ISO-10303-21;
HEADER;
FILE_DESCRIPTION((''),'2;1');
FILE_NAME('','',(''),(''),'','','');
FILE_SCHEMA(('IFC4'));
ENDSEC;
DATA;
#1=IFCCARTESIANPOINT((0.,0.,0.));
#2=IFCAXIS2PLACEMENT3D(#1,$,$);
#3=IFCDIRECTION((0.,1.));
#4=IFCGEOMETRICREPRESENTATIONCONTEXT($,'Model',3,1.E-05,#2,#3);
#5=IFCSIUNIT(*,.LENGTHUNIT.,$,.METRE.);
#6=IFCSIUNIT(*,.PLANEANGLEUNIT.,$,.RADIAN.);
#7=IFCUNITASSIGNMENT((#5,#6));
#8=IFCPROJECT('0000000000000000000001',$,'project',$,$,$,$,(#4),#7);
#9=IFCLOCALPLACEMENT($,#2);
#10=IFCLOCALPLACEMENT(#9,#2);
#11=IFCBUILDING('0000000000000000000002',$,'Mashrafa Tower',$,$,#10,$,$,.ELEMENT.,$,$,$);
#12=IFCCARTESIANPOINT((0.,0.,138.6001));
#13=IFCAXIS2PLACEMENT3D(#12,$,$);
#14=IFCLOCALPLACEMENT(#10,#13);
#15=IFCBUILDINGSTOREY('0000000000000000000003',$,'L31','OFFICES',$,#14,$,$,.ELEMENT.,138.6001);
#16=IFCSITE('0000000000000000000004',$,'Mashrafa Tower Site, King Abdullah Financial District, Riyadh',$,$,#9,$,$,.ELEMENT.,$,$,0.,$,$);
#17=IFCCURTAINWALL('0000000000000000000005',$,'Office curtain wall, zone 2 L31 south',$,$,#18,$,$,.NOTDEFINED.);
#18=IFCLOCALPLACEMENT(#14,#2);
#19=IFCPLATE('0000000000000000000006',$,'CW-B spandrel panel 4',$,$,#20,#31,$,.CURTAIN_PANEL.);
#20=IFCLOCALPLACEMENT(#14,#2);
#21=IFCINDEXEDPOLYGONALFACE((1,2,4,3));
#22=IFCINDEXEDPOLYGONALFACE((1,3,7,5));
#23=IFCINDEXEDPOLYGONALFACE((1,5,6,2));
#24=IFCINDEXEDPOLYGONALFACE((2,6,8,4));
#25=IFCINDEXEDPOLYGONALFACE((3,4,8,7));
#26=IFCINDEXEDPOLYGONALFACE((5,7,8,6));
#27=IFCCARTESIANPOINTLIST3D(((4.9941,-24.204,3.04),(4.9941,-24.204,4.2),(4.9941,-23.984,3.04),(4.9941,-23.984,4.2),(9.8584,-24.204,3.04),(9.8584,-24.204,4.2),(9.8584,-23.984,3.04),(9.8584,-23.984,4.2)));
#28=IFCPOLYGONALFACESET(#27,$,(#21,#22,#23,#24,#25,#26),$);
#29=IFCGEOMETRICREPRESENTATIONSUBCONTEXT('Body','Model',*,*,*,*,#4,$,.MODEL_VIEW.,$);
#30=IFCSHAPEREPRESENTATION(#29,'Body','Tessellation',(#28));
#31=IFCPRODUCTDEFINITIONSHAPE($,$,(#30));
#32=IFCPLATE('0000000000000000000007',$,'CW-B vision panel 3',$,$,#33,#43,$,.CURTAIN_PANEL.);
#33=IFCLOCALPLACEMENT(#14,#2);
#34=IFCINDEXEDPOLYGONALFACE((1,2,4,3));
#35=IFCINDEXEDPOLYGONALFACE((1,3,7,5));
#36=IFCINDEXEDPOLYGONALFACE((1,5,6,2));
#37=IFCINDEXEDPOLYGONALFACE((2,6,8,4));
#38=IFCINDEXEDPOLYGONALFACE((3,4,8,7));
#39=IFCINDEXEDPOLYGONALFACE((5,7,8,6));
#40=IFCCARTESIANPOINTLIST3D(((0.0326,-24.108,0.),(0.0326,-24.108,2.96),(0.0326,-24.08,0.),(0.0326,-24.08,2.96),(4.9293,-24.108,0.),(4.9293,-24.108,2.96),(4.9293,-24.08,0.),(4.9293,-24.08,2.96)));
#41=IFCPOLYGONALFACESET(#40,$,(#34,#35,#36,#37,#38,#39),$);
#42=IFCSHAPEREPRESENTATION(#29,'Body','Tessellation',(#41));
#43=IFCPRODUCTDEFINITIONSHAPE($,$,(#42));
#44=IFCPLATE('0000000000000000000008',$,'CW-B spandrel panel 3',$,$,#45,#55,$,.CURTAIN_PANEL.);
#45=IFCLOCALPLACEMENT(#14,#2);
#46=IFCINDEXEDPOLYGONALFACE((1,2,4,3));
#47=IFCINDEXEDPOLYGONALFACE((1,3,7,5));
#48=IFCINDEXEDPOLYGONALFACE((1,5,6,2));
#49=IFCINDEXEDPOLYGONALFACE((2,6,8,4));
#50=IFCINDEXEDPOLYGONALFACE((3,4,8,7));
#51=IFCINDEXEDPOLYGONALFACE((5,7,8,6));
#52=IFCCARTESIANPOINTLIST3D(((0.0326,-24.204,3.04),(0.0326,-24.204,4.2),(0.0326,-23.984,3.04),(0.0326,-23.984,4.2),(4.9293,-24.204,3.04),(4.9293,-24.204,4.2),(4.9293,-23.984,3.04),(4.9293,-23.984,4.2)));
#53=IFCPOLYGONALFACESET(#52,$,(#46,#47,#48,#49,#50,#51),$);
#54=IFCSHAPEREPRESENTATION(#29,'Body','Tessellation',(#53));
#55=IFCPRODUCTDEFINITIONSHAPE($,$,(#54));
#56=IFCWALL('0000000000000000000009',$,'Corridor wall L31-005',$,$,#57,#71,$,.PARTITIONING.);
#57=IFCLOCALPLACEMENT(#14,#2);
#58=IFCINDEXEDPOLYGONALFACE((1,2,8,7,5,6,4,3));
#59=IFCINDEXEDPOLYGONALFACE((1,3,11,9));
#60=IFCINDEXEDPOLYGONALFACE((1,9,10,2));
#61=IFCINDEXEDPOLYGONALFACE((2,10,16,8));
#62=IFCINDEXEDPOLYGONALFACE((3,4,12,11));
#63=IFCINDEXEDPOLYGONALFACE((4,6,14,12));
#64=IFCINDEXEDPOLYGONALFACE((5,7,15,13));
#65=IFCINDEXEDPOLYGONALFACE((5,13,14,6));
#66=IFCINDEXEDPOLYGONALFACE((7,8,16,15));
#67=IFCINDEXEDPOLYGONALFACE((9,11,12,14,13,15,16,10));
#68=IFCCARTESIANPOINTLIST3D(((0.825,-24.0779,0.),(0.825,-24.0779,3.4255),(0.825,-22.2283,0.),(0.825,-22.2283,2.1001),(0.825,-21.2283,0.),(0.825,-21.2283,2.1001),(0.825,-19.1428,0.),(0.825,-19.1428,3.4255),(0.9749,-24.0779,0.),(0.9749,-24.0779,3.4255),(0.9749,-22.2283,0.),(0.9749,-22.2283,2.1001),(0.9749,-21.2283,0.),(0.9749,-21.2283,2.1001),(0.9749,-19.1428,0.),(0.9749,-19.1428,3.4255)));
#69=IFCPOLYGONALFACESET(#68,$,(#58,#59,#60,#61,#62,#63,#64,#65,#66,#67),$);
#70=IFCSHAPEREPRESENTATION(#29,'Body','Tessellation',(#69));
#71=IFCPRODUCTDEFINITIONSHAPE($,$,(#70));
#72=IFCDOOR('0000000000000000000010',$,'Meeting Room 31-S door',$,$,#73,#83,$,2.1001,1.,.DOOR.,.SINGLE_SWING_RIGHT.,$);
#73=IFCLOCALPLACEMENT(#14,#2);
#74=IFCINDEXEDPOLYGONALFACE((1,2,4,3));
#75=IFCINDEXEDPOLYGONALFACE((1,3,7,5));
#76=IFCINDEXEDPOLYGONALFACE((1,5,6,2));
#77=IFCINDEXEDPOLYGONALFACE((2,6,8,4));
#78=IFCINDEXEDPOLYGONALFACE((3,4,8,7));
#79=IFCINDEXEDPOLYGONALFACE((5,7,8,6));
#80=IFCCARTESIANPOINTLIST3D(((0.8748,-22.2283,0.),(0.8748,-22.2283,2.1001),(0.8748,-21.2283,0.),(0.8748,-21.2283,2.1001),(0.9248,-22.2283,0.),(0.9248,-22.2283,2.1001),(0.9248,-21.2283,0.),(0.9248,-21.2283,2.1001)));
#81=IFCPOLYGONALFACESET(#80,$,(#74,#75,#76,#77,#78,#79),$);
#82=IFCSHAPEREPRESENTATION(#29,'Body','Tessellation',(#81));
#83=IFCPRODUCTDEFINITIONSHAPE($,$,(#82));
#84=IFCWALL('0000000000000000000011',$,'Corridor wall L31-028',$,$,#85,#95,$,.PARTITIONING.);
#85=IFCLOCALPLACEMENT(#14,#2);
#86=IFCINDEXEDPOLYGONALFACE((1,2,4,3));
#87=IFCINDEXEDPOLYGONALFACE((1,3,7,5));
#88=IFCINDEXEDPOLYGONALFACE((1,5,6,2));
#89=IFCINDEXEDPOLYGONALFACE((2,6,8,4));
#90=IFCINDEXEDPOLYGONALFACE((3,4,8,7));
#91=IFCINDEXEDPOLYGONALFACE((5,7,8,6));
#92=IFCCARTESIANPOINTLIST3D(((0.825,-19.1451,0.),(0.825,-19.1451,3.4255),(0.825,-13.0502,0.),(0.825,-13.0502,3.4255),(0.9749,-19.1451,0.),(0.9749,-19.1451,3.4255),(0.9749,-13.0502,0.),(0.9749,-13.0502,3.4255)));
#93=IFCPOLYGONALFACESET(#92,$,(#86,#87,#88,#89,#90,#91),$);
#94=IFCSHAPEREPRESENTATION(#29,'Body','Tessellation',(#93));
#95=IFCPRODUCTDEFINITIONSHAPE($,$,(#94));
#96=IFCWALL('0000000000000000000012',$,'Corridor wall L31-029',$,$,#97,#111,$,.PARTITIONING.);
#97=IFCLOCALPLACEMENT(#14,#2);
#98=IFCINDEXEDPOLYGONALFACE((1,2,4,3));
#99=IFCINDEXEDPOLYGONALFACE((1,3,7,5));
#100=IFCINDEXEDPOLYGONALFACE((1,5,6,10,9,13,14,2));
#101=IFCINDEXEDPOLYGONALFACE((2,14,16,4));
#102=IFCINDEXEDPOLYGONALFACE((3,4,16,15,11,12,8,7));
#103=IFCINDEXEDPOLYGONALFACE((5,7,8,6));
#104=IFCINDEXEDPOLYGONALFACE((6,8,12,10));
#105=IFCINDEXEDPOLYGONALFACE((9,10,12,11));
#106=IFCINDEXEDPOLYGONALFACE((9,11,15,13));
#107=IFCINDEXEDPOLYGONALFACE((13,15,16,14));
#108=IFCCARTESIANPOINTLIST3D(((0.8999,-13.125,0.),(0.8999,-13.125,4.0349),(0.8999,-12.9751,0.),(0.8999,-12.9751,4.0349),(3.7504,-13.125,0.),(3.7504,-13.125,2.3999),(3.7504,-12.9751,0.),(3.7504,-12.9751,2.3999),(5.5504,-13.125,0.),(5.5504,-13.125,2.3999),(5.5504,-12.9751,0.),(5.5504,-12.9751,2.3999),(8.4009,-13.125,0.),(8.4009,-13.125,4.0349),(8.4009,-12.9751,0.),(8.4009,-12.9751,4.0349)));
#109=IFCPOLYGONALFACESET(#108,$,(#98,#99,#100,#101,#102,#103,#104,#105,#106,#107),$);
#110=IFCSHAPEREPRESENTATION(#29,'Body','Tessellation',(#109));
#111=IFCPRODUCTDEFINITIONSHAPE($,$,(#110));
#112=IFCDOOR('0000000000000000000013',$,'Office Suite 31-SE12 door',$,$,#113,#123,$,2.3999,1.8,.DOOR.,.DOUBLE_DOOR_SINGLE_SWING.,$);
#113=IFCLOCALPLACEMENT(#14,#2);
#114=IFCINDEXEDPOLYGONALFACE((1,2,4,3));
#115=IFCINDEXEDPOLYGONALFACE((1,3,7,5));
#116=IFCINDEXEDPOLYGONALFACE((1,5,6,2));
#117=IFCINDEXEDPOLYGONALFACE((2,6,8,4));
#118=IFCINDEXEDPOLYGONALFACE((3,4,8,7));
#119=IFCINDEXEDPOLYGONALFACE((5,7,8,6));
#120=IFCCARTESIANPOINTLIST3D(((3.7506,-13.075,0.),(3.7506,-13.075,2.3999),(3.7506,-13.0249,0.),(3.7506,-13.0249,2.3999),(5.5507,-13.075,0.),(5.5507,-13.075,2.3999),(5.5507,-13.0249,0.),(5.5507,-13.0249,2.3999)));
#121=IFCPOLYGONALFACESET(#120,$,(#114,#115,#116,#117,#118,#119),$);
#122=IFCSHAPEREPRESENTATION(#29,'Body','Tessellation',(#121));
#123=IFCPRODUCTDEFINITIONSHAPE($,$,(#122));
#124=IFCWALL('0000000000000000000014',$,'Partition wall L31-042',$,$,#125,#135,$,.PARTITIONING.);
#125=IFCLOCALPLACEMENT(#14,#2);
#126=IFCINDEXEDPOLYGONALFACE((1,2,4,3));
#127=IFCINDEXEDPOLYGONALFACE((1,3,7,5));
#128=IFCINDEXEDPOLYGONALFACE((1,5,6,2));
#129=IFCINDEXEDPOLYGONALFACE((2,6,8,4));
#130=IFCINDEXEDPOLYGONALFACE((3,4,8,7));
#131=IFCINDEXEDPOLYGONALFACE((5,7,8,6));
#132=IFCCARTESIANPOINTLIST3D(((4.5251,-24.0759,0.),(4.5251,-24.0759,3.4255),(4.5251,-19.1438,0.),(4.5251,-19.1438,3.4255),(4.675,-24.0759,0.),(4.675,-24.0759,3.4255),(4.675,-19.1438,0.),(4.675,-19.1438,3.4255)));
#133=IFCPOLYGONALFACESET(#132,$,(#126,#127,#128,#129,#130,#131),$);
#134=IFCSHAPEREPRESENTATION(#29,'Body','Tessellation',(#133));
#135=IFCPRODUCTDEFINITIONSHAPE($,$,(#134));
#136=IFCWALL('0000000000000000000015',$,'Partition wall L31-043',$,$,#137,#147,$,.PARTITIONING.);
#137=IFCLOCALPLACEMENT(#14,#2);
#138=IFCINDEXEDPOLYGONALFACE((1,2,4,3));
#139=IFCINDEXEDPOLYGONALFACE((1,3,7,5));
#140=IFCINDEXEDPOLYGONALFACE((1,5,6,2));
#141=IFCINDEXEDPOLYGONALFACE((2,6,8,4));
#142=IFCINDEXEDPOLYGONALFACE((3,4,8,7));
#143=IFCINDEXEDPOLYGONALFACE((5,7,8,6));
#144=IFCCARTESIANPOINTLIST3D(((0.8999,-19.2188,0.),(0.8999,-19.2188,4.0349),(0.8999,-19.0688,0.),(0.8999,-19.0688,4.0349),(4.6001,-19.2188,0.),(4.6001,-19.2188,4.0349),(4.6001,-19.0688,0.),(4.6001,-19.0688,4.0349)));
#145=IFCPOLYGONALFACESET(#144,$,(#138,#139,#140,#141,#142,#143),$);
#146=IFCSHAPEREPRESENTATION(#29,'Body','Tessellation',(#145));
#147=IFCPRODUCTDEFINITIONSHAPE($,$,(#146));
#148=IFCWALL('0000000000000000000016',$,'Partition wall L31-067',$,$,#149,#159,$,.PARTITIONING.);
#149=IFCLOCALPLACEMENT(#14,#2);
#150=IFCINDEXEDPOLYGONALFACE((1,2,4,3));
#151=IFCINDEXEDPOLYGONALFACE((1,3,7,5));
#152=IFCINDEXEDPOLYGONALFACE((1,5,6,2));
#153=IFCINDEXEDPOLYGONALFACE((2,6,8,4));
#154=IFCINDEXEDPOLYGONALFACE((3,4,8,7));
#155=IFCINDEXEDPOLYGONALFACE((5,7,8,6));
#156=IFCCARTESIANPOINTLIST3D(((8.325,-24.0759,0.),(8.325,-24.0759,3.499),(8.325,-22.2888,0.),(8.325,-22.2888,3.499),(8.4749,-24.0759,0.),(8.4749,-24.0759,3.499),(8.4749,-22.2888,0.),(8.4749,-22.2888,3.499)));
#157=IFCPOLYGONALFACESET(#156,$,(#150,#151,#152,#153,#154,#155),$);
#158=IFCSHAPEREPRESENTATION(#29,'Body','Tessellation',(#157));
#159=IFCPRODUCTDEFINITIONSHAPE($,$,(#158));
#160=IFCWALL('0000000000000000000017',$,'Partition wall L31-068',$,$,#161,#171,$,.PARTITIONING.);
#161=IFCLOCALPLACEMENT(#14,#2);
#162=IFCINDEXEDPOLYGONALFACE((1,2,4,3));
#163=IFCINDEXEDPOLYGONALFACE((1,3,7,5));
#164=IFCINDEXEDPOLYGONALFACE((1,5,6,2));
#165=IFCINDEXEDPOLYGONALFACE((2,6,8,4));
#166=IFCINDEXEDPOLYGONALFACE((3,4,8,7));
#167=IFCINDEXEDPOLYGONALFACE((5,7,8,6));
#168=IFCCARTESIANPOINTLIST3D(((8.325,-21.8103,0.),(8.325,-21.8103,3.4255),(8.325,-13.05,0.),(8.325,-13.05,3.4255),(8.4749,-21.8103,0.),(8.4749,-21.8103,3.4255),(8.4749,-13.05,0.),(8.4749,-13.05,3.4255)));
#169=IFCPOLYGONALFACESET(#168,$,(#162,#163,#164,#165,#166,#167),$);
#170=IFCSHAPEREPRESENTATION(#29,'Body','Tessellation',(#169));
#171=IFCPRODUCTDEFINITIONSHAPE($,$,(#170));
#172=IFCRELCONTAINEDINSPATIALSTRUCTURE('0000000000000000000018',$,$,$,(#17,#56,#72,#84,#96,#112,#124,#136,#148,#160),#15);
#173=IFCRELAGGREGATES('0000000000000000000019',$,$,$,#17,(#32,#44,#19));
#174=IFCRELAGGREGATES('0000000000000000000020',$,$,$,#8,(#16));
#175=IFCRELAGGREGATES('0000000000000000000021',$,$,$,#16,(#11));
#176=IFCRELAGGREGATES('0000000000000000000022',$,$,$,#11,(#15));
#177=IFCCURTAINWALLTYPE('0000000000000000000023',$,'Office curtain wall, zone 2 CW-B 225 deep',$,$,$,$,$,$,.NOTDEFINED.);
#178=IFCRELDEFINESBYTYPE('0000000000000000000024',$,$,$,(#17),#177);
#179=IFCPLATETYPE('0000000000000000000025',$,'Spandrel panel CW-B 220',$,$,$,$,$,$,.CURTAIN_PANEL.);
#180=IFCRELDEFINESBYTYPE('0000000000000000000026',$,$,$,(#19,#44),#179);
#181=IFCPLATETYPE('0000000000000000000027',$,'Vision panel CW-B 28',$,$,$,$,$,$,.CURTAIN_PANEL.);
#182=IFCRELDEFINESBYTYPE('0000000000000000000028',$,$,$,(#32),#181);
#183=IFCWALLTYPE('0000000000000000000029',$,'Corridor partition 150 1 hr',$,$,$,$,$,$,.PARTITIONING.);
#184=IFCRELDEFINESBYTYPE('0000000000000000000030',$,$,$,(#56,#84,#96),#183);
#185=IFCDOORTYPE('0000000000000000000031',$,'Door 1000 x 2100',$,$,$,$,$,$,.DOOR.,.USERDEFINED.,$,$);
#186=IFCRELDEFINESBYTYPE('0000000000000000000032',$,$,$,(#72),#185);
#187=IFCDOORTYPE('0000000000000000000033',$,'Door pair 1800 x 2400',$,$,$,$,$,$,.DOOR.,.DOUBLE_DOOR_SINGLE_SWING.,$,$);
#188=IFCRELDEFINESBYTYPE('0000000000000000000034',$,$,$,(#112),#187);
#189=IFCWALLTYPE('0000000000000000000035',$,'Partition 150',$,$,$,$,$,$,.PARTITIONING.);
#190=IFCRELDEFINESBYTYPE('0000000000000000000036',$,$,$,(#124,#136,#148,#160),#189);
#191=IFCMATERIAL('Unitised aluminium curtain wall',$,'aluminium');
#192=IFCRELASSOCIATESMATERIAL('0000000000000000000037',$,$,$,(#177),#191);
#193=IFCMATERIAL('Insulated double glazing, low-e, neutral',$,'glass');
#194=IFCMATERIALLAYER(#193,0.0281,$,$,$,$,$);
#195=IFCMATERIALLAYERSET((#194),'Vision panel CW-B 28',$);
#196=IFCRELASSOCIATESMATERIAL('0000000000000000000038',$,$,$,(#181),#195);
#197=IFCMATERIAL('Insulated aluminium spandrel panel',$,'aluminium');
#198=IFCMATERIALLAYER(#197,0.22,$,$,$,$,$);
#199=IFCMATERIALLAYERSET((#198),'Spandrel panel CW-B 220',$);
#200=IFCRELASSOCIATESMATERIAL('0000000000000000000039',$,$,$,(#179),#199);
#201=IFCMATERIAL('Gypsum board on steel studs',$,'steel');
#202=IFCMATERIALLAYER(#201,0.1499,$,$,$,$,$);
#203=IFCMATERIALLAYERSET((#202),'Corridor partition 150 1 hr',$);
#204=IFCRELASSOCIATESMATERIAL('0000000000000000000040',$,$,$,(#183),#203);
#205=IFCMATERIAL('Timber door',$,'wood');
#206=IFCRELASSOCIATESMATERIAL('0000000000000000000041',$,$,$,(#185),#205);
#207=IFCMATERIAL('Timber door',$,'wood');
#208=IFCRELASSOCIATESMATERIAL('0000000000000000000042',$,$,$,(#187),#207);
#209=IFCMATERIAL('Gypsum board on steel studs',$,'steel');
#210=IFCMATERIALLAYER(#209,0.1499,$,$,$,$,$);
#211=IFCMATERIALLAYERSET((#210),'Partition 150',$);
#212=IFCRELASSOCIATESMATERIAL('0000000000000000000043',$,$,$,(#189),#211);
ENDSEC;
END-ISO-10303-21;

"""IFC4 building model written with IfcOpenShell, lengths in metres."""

from ifc_helpers import new_model, si_unit, direction, frame, frame_2d, origin, origin_2d, place, context, subcontext, project, spatial, rectangle, extrude, source, transform, mapped, material, layer, layer_set, type_object, type_shapes, element, fill, aggregate, save


model = new_model("IFC4")

# Units and contexts
model_context = context("Model", 3, precision=1e-05, world=origin(), true_north=direction((0.0, 1.0)))
body_context = subcontext(model_context, "Body", "Model", "MODEL_VIEW")
ifc_project = project(units=[si_unit("LENGTHUNIT", "METRE"), si_unit("PLANEANGLEUNIT", "RADIAN")], contexts=[model_context])

# Site, building, storey
site_placement = place(None, origin())
site = spatial("IfcSite", under=ifc_project, at=site_placement, Name="Mashrafa Tower Site, King Abdullah Financial District, Riyadh", CompositionType="ELEMENT", RefElevation=0.0)
building_placement = place(site_placement, origin())
building = spatial("IfcBuilding", under=site, at=building_placement, Name="Mashrafa Tower", CompositionType="ELEMENT")
storey_placement = place(building_placement, frame((0.0, 0.0, 138.6001)))
storey = spatial("IfcBuildingStorey", under=building, at=storey_placement, Name="L31", Description="OFFICES", CompositionType="ELEMENT", Elevation=138.6001)

# Curtain wall, plates
ifc_material_1 = material(Name="Unitised aluminium curtain wall", Category="aluminium")
curtain_wall_type = type_object("IfcCurtainWallType", Name="Office curtain wall, zone 2 CW-B 225 deep", PredefinedType="NOTDEFINED", material=ifc_material_1)
curtain_wall_placement = place(storey_placement, origin())
curtain_wall = element("IfcCurtainWall", 1, at=curtain_wall_placement, inside=storey, type_object=curtain_wall_type, Name="Office curtain wall, zone 2 L31 south", PredefinedType="NOTDEFINED")
ifc_material_2 = material(Name="Insulated double glazing, low-e, neutral", Category="glass")
ifc_layer_1 = layer(ifc_material_2, 0.0281)
ifc_layer_set_1 = layer_set([ifc_layer_1], Name="Vision panel CW-B 28")
plate_type_1 = type_object("IfcPlateType", Name="Vision panel CW-B 28", PredefinedType="CURTAIN_PANEL", material=ifc_layer_set_1)
ifc_material_3 = material(Name="Insulated aluminium spandrel panel", Category="aluminium")
ifc_layer_2 = layer(ifc_material_3, 0.22)
ifc_layer_set_2 = layer_set([ifc_layer_2], Name="Spandrel panel CW-B 220")
plate_type_2 = type_object("IfcPlateType", Name="Spandrel panel CW-B 220", PredefinedType="CURTAIN_PANEL", material=ifc_layer_set_2)
shared_shape_1 = source(origin(), body_context, "Body", "SweptSolid", [
    extrude(rectangle(XDim=4.8643, YDim=0.22, at=origin_2d()), origin(), (0.0, 0.0, 1.0), 1.1599),
])
plate_1_placement = place(storey_placement, frame((7.4263, -24.094, 3.04), z_axis=(0.0, 0.0, 1.0), x_axis=(1.0, 0.0, 0.0)))
plate_1 = element("IfcPlate", 2, at=plate_1_placement, type_object=plate_type_2, Name="CW-B spandrel panel 4", PredefinedType="CURTAIN_PANEL", context=body_context, shape_type="MappedRepresentation", body=[
    mapped(shared_shape_1, transform((0.0, 0.0, 0.0))),
])
shared_shape_2 = source(origin(), body_context, "Body", "SweptSolid", [
    extrude(rectangle(XDim=4.8967, YDim=0.0281, at=origin_2d()), origin(), (0.0, 0.0, 1.0), 2.96),
])
plate_2_placement = place(storey_placement, frame((2.481, -24.094, 0.0), z_axis=(0.0, 0.0, 1.0), x_axis=(1.0, 0.0, 0.0)))
plate_2 = element("IfcPlate", 3, at=plate_2_placement, type_object=plate_type_1, Name="CW-B vision panel 3", PredefinedType="CURTAIN_PANEL", context=body_context, shape_type="MappedRepresentation", body=[
    mapped(shared_shape_2, transform((0.0, 0.0, 0.0))),
])
shared_shape_3 = source(origin(), body_context, "Body", "SweptSolid", [
    extrude(rectangle(XDim=4.8967, YDim=0.22, at=origin_2d()), origin(), (0.0, 0.0, 1.0), 1.1599),
])
type_shapes(plate_type_2, [shared_shape_1, shared_shape_3])
plate_3_placement = place(storey_placement, frame((2.481, -24.094, 3.04), z_axis=(0.0, 0.0, 1.0), x_axis=(1.0, 0.0, 0.0)))
plate_3 = element("IfcPlate", 4, at=plate_3_placement, type_object=plate_type_2, Name="CW-B spandrel panel 3", PredefinedType="CURTAIN_PANEL", context=body_context, shape_type="MappedRepresentation", body=[
    mapped(shared_shape_3, transform((0.0, 0.0, 0.0))),
])
aggregate(curtain_wall, [plate_2, plate_3, plate_1])

# Wall, opening, door
ifc_material_4 = material(Name="Gypsum board on steel studs", Category="steel")
ifc_layer_3 = layer(ifc_material_4, 0.1499)
ifc_layer_set_3 = layer_set([ifc_layer_3], Name="Corridor partition 150 1 hr")
wall_type_1 = type_object("IfcWallType", Name="Corridor partition 150 1 hr", PredefinedType="PARTITIONING", material=ifc_layer_set_3)
wall_1_placement = place(storey_placement, frame((0.8999, -24.0779, 0.0), z_axis=(0.0, 0.0, 1.0), x_axis=(0.0, 1.0, 0.0)))
wall_1 = element("IfcWall", 5, at=wall_1_placement, inside=storey, type_object=wall_type_1, Name="Corridor wall L31-005", PredefinedType="PARTITIONING", context=body_context, shape_type="SweptSolid", body=[
    extrude(rectangle(XDim=4.9351, YDim=0.1499, at=frame_2d((2.4675, 0.0))), origin(), (0.0, 0.0, 1.0), 3.4255),
])
opening_1_placement = place(wall_1_placement, frame((1.8496, 0.0, 0.0)))
opening_1 = element("IfcOpeningElement", 6, at=opening_1_placement, cuts=wall_1, PredefinedType="OPENING", context=body_context, shape_type="SweptSolid", body=[
    extrude(rectangle(XDim=1.0, YDim=2.1001, at=frame_2d((0.5, 1.05))), frame((0.0, 0.085, 0.0), z_axis=(0.0, -1.0, 0.0), x_axis=(1.0, 0.0, 0.0)), (0.0, 0.0, 1.0), 0.1699),
])
ifc_material_5 = material(Name="Timber door", Category="wood")
door_type_1 = type_object("IfcDoorType", Name="Door 1000 x 2100", OperationType="USERDEFINED", PredefinedType="DOOR", material=ifc_material_5)
door_1_placement = place(opening_1_placement, frame((1.0, 0.0, 0.0), z_axis=(0.0, 0.0, 1.0), x_axis=(-1.0, 0.0, 0.0)))
door_1 = element("IfcDoor", 7, at=door_1_placement, inside=storey, type_object=door_type_1, Name="Meeting Room 31-S door", OperationType="SINGLE_SWING_RIGHT", OverallHeight=2.1001, OverallWidth=1.0, PredefinedType="DOOR", context=body_context, shape_type="SweptSolid", body=[
    extrude(rectangle(XDim=1.0, YDim=2.1001, at=frame_2d((0.5, 1.05))), frame((0.0, 0.0249, 0.0), z_axis=(0.0, -1.0, 0.0), x_axis=(1.0, 0.0, 0.0)), (0.0, 0.0, 1.0), 0.05),
])
fill(opening_1, door_1)

# Wall
wall_2_placement = place(storey_placement, frame((0.8999, -19.145, 0.0), z_axis=(0.0, 0.0, 1.0), x_axis=(0.0, 1.0, 0.0)))
element("IfcWall", 8, at=wall_2_placement, inside=storey, type_object=wall_type_1, Name="Corridor wall L31-028", PredefinedType="PARTITIONING", context=body_context, shape_type="SweptSolid", body=[
    extrude(rectangle(XDim=6.095, YDim=0.1499, at=frame_2d((3.0474, 0.0))), origin(), (0.0, 0.0, 1.0), 3.4255),
])

# Wall, opening, door
wall_3_placement = place(storey_placement, frame((0.8999, -13.05, 0.0), z_axis=(0.0, 0.0, 1.0), x_axis=(1.0, 0.0, 0.0)))
wall_3 = element("IfcWall", 9, at=wall_3_placement, inside=storey, type_object=wall_type_1, Name="Corridor wall L31-029", PredefinedType="PARTITIONING", context=body_context, shape_type="SweptSolid", body=[
    extrude(rectangle(XDim=7.501, YDim=0.1499, at=frame_2d((3.7505, 0.0))), origin(), (0.0, 0.0, 1.0), 4.0349),
])
opening_2_placement = place(wall_3_placement, frame((2.8506, 0.0, 0.0)))
opening_2 = element("IfcOpeningElement", 10, at=opening_2_placement, cuts=wall_3, PredefinedType="OPENING", context=body_context, shape_type="SweptSolid", body=[
    extrude(rectangle(XDim=1.8, YDim=2.3999, at=frame_2d((0.8999, 1.2))), frame((0.0, 0.085, 0.0), z_axis=(0.0, -1.0, 0.0), x_axis=(1.0, 0.0, 0.0)), (0.0, 0.0, 1.0), 0.1699),
])
ifc_material_6 = material(Name="Timber door", Category="wood")
door_type_2 = type_object("IfcDoorType", Name="Door pair 1800 x 2400", OperationType="DOUBLE_DOOR_SINGLE_SWING", PredefinedType="DOOR", material=ifc_material_6)
door_2_placement = place(opening_2_placement, frame((1.8, 0.0, 0.0), z_axis=(0.0, 0.0, 1.0), x_axis=(-1.0, 0.0, 0.0)))
door_2 = element("IfcDoor", 11, at=door_2_placement, inside=storey, type_object=door_type_2, Name="Office Suite 31-SE12 door", OperationType="DOUBLE_DOOR_SINGLE_SWING", OverallHeight=2.3999, OverallWidth=1.8, PredefinedType="DOOR", context=body_context, shape_type="SweptSolid", body=[
    extrude(rectangle(XDim=1.8, YDim=2.3999, at=frame_2d((0.8999, 1.2))), frame((0.0, 0.0249, 0.0), z_axis=(0.0, -1.0, 0.0), x_axis=(1.0, 0.0, 0.0)), (0.0, 0.0, 1.0), 0.05),
])
fill(opening_2, door_2)

# Walls
ifc_material_7 = material(Name="Gypsum board on steel studs", Category="steel")
ifc_layer_4 = layer(ifc_material_7, 0.1499)
ifc_layer_set_4 = layer_set([ifc_layer_4], Name="Partition 150")
wall_type_2 = type_object("IfcWallType", Name="Partition 150", PredefinedType="PARTITIONING", material=ifc_layer_set_4)
wall_4_placement = place(storey_placement, frame((4.6001, -24.0759, 0.0), z_axis=(0.0, 0.0, 1.0), x_axis=(0.0, 1.0, 0.0)))
element("IfcWall", 12, at=wall_4_placement, inside=storey, type_object=wall_type_2, Name="Partition wall L31-042", PredefinedType="PARTITIONING", context=body_context, shape_type="SweptSolid", body=[
    extrude(rectangle(XDim=4.9321, YDim=0.1499, at=frame_2d((2.4661, 0.0))), origin(), (0.0, 0.0, 1.0), 3.4255),
])
wall_5_placement = place(storey_placement, frame((4.6001, -19.1438, 0.0), z_axis=(0.0, 0.0, 1.0), x_axis=(-1.0, 0.0, 0.0)))
element("IfcWall", 13, at=wall_5_placement, inside=storey, type_object=wall_type_2, Name="Partition wall L31-043", PredefinedType="PARTITIONING", context=body_context, shape_type="SweptSolid", body=[
    extrude(rectangle(XDim=3.7002, YDim=0.1499, at=frame_2d((1.8501, 0.0))), origin(), (0.0, 0.0, 1.0), 4.0349),
])
wall_6_placement = place(storey_placement, frame((8.3999, -24.0759, 0.0), z_axis=(0.0, 0.0, 1.0), x_axis=(0.0, 1.0, 0.0)))
element("IfcWall", 14, at=wall_6_placement, inside=storey, type_object=wall_type_2, Name="Partition wall L31-067", PredefinedType="PARTITIONING", context=body_context, shape_type="SweptSolid", body=[
    extrude(rectangle(XDim=1.7871, YDim=0.1499, at=frame_2d((0.8936, 0.0))), origin(), (0.0, 0.0, 1.0), 3.499),
])
wall_7_placement = place(storey_placement, frame((8.3999, -21.8103, 0.0), z_axis=(0.0, 0.0, 1.0), x_axis=(0.0, 1.0, 0.0)))
element("IfcWall", 15, at=wall_7_placement, inside=storey, type_object=wall_type_2, Name="Partition wall L31-068", PredefinedType="PARTITIONING", context=body_context, shape_type="SweptSolid", body=[
    extrude(rectangle(XDim=8.7603, YDim=0.1499, at=frame_2d((4.3801, 0.0))), origin(), (0.0, 0.0, 1.0), 3.4255),
])

save(model, "model.ifc")
